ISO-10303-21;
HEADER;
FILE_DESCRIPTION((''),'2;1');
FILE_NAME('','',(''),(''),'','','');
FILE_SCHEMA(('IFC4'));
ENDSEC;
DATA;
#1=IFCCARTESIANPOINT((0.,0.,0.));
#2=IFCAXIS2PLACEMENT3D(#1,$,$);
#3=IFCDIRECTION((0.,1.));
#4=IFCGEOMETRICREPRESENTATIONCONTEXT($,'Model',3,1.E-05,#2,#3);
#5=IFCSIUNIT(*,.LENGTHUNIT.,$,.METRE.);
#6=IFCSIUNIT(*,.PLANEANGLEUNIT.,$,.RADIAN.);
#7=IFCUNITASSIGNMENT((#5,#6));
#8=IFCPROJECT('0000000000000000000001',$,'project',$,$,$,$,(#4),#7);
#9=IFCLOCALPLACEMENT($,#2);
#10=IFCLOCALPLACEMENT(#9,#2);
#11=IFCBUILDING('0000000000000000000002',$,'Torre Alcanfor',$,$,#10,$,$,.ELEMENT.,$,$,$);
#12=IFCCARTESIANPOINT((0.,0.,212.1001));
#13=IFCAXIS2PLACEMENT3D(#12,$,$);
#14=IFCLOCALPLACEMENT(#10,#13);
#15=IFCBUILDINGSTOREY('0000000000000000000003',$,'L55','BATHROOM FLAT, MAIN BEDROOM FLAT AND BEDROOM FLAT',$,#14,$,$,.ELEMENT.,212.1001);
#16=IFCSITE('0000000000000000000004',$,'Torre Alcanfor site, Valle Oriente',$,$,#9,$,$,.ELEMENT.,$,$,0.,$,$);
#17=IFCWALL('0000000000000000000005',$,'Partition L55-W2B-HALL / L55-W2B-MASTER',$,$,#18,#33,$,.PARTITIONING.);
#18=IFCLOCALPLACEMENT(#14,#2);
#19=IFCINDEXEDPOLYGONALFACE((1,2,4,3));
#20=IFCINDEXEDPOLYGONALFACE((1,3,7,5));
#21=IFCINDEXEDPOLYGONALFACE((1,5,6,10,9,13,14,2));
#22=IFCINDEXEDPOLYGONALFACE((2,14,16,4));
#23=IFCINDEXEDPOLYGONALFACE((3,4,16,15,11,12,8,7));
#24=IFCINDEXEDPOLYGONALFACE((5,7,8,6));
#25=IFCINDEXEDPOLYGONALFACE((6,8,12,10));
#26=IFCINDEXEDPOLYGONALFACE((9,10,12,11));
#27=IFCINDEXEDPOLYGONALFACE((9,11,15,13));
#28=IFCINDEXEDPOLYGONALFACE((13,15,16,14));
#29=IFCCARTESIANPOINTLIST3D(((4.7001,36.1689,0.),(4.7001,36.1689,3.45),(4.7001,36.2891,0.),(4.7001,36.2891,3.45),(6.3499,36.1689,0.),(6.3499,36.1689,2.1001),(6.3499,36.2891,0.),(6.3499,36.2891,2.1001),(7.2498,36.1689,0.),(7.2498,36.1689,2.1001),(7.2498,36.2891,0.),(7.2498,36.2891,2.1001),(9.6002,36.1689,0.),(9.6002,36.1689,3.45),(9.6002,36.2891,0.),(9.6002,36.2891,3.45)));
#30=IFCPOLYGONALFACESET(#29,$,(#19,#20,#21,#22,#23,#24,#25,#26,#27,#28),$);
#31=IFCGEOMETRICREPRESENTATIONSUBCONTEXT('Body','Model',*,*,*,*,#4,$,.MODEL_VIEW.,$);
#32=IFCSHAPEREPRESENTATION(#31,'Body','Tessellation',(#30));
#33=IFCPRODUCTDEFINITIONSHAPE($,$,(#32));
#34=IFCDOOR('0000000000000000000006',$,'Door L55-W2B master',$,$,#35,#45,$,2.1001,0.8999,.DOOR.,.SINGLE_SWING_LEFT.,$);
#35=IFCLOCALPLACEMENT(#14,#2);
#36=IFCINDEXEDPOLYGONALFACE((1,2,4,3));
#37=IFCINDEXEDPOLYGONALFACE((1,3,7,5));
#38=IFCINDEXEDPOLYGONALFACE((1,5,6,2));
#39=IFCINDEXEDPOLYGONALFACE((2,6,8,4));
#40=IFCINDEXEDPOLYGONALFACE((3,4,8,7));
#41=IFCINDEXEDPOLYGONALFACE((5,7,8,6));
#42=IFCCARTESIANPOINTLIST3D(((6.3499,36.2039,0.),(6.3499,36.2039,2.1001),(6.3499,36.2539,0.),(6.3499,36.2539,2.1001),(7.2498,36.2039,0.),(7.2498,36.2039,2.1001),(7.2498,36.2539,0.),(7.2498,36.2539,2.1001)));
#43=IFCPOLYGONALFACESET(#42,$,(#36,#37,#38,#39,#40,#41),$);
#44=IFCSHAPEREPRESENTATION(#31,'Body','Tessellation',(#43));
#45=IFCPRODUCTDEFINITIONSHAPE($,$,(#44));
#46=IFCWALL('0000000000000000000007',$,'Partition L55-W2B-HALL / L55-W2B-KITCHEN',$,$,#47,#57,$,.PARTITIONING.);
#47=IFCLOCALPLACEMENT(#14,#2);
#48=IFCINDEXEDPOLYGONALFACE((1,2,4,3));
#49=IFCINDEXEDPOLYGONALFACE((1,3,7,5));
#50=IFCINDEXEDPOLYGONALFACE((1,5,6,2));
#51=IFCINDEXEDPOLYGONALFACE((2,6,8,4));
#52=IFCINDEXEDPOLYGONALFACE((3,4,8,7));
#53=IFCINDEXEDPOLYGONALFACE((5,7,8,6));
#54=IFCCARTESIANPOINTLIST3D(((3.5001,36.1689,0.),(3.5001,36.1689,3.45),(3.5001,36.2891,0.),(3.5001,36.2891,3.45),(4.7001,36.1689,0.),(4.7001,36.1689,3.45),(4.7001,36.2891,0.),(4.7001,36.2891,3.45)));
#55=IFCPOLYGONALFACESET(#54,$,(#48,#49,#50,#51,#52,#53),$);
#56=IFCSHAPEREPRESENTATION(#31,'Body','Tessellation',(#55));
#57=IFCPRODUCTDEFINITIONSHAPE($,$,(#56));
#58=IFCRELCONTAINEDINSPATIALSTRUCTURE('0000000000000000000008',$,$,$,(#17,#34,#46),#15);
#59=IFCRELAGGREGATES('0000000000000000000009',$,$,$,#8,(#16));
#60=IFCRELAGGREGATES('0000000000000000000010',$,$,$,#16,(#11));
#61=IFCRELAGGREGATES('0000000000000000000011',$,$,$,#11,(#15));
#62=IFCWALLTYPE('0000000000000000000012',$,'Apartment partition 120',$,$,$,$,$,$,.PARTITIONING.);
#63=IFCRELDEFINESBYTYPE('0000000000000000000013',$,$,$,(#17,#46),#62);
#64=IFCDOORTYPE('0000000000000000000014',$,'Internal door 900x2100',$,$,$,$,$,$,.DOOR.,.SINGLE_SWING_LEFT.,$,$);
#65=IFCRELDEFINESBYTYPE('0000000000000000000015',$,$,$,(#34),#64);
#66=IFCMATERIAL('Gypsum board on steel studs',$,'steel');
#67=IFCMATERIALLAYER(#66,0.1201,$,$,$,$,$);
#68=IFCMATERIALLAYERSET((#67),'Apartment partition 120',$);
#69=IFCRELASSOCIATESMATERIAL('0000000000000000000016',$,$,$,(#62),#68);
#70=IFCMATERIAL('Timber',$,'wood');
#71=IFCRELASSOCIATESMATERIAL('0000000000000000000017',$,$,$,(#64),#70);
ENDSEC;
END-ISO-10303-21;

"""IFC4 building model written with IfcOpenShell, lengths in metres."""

from ifc_helpers import new_model, si_unit, direction, frame, frame_2d, origin, place, context, subcontext, project, spatial, rectangle, extrude, material, layer, layer_set, type_object, element, fill, save


model = new_model("IFC4")

# Units and contexts
model_context = context("Model", 3, precision=1e-05, world=origin(), true_north=direction((0.0, 1.0)))
body_context = subcontext(model_context, "Body", "Model", "MODEL_VIEW")
ifc_project = project(units=[si_unit("LENGTHUNIT", "METRE"), si_unit("PLANEANGLEUNIT", "RADIAN")], contexts=[model_context])

# Site, building, storey
site_placement = place(None, origin())
site = spatial("IfcSite", under=ifc_project, at=site_placement, Name="Torre Alcanfor site, Valle Oriente", CompositionType="ELEMENT", RefElevation=0.0)
building_placement = place(site_placement, origin())
building = spatial("IfcBuilding", under=site, at=building_placement, Name="Torre Alcanfor", CompositionType="ELEMENT")
storey_placement = place(building_placement, frame((0.0, 0.0, 212.1001)))
storey = spatial("IfcBuildingStorey", under=building, at=storey_placement, Name="L55", Description="BATHROOM FLAT, MAIN BEDROOM FLAT AND BEDROOM FLAT", CompositionType="ELEMENT", Elevation=212.1001)

# Wall, opening, door
ifc_material_1 = material(Name="Gypsum board on steel studs", Category="steel")
ifc_layer_1 = layer(ifc_material_1, 0.1201)
ifc_layer_set_1 = layer_set([ifc_layer_1], Name="Apartment partition 120")
wall_type_1 = type_object("IfcWallType", Name="Apartment partition 120", PredefinedType="PARTITIONING", material=ifc_layer_set_1)
wall_1_placement = place(storey_placement, frame((4.7, 36.229, 0.0), z_axis=(0.0, 0.0, 1.0), x_axis=(1.0, 0.0, 0.0)))
wall_1 = element("IfcWall", 1, at=wall_1_placement, inside=storey, type_object=wall_type_1, Name="Partition L55-W2B-HALL / L55-W2B-MASTER", PredefinedType="PARTITIONING", context=body_context, shape_type="SweptSolid", body=[
    extrude(rectangle(XDim=4.9001, YDim=0.1201, at=frame_2d((2.4502, 0.0))), origin(), (0.0, 0.0, 1.0), 3.45),
])
opening_placement = place(wall_1_placement, frame((1.6499, 0.0, 0.0)))
opening = element("IfcOpeningElement", 2, at=opening_placement, cuts=wall_1, PredefinedType="OPENING", context=body_context, shape_type="SweptSolid", body=[
    extrude(rectangle(XDim=0.8999, YDim=2.1001, at=frame_2d((0.45, 1.05))), frame((0.0, 0.0701, 0.0), z_axis=(0.0, -1.0, 0.0), x_axis=(1.0, 0.0, 0.0)), (0.0, 0.0, 1.0), 0.1401),
])
ifc_material_2 = material(Name="Timber", Category="wood")
door_type = type_object("IfcDoorType", Name="Internal door 900x2100", OperationType="SINGLE_SWING_LEFT", PredefinedType="DOOR", material=ifc_material_2)
door_placement = place(opening_placement, origin())
door = element("IfcDoor", 3, at=door_placement, inside=storey, type_object=door_type, Name="Door L55-W2B master", OperationType="SINGLE_SWING_LEFT", OverallHeight=2.1001, OverallWidth=0.8999, PredefinedType="DOOR", context=body_context, shape_type="SweptSolid", body=[
    extrude(rectangle(XDim=0.8999, YDim=2.1001, at=frame_2d((0.45, 1.05))), frame((0.0, 0.0249, 0.0), z_axis=(0.0, -1.0, 0.0), x_axis=(1.0, 0.0, 0.0)), (0.0, 0.0, 1.0), 0.05),
])
fill(opening, door)

# Wall
wall_2_placement = place(storey_placement, frame((3.5, 36.229, 0.0), z_axis=(0.0, 0.0, 1.0), x_axis=(1.0, 0.0, 0.0)))
element("IfcWall", 4, at=wall_2_placement, inside=storey, type_object=wall_type_1, Name="Partition L55-W2B-HALL / L55-W2B-KITCHEN", PredefinedType="PARTITIONING", context=body_context, shape_type="SweptSolid", body=[
    extrude(rectangle(XDim=1.2, YDim=0.1201, at=frame_2d((0.6001, 0.0))), origin(), (0.0, 0.0, 1.0), 3.45),
])

save(model, "model.ifc")
